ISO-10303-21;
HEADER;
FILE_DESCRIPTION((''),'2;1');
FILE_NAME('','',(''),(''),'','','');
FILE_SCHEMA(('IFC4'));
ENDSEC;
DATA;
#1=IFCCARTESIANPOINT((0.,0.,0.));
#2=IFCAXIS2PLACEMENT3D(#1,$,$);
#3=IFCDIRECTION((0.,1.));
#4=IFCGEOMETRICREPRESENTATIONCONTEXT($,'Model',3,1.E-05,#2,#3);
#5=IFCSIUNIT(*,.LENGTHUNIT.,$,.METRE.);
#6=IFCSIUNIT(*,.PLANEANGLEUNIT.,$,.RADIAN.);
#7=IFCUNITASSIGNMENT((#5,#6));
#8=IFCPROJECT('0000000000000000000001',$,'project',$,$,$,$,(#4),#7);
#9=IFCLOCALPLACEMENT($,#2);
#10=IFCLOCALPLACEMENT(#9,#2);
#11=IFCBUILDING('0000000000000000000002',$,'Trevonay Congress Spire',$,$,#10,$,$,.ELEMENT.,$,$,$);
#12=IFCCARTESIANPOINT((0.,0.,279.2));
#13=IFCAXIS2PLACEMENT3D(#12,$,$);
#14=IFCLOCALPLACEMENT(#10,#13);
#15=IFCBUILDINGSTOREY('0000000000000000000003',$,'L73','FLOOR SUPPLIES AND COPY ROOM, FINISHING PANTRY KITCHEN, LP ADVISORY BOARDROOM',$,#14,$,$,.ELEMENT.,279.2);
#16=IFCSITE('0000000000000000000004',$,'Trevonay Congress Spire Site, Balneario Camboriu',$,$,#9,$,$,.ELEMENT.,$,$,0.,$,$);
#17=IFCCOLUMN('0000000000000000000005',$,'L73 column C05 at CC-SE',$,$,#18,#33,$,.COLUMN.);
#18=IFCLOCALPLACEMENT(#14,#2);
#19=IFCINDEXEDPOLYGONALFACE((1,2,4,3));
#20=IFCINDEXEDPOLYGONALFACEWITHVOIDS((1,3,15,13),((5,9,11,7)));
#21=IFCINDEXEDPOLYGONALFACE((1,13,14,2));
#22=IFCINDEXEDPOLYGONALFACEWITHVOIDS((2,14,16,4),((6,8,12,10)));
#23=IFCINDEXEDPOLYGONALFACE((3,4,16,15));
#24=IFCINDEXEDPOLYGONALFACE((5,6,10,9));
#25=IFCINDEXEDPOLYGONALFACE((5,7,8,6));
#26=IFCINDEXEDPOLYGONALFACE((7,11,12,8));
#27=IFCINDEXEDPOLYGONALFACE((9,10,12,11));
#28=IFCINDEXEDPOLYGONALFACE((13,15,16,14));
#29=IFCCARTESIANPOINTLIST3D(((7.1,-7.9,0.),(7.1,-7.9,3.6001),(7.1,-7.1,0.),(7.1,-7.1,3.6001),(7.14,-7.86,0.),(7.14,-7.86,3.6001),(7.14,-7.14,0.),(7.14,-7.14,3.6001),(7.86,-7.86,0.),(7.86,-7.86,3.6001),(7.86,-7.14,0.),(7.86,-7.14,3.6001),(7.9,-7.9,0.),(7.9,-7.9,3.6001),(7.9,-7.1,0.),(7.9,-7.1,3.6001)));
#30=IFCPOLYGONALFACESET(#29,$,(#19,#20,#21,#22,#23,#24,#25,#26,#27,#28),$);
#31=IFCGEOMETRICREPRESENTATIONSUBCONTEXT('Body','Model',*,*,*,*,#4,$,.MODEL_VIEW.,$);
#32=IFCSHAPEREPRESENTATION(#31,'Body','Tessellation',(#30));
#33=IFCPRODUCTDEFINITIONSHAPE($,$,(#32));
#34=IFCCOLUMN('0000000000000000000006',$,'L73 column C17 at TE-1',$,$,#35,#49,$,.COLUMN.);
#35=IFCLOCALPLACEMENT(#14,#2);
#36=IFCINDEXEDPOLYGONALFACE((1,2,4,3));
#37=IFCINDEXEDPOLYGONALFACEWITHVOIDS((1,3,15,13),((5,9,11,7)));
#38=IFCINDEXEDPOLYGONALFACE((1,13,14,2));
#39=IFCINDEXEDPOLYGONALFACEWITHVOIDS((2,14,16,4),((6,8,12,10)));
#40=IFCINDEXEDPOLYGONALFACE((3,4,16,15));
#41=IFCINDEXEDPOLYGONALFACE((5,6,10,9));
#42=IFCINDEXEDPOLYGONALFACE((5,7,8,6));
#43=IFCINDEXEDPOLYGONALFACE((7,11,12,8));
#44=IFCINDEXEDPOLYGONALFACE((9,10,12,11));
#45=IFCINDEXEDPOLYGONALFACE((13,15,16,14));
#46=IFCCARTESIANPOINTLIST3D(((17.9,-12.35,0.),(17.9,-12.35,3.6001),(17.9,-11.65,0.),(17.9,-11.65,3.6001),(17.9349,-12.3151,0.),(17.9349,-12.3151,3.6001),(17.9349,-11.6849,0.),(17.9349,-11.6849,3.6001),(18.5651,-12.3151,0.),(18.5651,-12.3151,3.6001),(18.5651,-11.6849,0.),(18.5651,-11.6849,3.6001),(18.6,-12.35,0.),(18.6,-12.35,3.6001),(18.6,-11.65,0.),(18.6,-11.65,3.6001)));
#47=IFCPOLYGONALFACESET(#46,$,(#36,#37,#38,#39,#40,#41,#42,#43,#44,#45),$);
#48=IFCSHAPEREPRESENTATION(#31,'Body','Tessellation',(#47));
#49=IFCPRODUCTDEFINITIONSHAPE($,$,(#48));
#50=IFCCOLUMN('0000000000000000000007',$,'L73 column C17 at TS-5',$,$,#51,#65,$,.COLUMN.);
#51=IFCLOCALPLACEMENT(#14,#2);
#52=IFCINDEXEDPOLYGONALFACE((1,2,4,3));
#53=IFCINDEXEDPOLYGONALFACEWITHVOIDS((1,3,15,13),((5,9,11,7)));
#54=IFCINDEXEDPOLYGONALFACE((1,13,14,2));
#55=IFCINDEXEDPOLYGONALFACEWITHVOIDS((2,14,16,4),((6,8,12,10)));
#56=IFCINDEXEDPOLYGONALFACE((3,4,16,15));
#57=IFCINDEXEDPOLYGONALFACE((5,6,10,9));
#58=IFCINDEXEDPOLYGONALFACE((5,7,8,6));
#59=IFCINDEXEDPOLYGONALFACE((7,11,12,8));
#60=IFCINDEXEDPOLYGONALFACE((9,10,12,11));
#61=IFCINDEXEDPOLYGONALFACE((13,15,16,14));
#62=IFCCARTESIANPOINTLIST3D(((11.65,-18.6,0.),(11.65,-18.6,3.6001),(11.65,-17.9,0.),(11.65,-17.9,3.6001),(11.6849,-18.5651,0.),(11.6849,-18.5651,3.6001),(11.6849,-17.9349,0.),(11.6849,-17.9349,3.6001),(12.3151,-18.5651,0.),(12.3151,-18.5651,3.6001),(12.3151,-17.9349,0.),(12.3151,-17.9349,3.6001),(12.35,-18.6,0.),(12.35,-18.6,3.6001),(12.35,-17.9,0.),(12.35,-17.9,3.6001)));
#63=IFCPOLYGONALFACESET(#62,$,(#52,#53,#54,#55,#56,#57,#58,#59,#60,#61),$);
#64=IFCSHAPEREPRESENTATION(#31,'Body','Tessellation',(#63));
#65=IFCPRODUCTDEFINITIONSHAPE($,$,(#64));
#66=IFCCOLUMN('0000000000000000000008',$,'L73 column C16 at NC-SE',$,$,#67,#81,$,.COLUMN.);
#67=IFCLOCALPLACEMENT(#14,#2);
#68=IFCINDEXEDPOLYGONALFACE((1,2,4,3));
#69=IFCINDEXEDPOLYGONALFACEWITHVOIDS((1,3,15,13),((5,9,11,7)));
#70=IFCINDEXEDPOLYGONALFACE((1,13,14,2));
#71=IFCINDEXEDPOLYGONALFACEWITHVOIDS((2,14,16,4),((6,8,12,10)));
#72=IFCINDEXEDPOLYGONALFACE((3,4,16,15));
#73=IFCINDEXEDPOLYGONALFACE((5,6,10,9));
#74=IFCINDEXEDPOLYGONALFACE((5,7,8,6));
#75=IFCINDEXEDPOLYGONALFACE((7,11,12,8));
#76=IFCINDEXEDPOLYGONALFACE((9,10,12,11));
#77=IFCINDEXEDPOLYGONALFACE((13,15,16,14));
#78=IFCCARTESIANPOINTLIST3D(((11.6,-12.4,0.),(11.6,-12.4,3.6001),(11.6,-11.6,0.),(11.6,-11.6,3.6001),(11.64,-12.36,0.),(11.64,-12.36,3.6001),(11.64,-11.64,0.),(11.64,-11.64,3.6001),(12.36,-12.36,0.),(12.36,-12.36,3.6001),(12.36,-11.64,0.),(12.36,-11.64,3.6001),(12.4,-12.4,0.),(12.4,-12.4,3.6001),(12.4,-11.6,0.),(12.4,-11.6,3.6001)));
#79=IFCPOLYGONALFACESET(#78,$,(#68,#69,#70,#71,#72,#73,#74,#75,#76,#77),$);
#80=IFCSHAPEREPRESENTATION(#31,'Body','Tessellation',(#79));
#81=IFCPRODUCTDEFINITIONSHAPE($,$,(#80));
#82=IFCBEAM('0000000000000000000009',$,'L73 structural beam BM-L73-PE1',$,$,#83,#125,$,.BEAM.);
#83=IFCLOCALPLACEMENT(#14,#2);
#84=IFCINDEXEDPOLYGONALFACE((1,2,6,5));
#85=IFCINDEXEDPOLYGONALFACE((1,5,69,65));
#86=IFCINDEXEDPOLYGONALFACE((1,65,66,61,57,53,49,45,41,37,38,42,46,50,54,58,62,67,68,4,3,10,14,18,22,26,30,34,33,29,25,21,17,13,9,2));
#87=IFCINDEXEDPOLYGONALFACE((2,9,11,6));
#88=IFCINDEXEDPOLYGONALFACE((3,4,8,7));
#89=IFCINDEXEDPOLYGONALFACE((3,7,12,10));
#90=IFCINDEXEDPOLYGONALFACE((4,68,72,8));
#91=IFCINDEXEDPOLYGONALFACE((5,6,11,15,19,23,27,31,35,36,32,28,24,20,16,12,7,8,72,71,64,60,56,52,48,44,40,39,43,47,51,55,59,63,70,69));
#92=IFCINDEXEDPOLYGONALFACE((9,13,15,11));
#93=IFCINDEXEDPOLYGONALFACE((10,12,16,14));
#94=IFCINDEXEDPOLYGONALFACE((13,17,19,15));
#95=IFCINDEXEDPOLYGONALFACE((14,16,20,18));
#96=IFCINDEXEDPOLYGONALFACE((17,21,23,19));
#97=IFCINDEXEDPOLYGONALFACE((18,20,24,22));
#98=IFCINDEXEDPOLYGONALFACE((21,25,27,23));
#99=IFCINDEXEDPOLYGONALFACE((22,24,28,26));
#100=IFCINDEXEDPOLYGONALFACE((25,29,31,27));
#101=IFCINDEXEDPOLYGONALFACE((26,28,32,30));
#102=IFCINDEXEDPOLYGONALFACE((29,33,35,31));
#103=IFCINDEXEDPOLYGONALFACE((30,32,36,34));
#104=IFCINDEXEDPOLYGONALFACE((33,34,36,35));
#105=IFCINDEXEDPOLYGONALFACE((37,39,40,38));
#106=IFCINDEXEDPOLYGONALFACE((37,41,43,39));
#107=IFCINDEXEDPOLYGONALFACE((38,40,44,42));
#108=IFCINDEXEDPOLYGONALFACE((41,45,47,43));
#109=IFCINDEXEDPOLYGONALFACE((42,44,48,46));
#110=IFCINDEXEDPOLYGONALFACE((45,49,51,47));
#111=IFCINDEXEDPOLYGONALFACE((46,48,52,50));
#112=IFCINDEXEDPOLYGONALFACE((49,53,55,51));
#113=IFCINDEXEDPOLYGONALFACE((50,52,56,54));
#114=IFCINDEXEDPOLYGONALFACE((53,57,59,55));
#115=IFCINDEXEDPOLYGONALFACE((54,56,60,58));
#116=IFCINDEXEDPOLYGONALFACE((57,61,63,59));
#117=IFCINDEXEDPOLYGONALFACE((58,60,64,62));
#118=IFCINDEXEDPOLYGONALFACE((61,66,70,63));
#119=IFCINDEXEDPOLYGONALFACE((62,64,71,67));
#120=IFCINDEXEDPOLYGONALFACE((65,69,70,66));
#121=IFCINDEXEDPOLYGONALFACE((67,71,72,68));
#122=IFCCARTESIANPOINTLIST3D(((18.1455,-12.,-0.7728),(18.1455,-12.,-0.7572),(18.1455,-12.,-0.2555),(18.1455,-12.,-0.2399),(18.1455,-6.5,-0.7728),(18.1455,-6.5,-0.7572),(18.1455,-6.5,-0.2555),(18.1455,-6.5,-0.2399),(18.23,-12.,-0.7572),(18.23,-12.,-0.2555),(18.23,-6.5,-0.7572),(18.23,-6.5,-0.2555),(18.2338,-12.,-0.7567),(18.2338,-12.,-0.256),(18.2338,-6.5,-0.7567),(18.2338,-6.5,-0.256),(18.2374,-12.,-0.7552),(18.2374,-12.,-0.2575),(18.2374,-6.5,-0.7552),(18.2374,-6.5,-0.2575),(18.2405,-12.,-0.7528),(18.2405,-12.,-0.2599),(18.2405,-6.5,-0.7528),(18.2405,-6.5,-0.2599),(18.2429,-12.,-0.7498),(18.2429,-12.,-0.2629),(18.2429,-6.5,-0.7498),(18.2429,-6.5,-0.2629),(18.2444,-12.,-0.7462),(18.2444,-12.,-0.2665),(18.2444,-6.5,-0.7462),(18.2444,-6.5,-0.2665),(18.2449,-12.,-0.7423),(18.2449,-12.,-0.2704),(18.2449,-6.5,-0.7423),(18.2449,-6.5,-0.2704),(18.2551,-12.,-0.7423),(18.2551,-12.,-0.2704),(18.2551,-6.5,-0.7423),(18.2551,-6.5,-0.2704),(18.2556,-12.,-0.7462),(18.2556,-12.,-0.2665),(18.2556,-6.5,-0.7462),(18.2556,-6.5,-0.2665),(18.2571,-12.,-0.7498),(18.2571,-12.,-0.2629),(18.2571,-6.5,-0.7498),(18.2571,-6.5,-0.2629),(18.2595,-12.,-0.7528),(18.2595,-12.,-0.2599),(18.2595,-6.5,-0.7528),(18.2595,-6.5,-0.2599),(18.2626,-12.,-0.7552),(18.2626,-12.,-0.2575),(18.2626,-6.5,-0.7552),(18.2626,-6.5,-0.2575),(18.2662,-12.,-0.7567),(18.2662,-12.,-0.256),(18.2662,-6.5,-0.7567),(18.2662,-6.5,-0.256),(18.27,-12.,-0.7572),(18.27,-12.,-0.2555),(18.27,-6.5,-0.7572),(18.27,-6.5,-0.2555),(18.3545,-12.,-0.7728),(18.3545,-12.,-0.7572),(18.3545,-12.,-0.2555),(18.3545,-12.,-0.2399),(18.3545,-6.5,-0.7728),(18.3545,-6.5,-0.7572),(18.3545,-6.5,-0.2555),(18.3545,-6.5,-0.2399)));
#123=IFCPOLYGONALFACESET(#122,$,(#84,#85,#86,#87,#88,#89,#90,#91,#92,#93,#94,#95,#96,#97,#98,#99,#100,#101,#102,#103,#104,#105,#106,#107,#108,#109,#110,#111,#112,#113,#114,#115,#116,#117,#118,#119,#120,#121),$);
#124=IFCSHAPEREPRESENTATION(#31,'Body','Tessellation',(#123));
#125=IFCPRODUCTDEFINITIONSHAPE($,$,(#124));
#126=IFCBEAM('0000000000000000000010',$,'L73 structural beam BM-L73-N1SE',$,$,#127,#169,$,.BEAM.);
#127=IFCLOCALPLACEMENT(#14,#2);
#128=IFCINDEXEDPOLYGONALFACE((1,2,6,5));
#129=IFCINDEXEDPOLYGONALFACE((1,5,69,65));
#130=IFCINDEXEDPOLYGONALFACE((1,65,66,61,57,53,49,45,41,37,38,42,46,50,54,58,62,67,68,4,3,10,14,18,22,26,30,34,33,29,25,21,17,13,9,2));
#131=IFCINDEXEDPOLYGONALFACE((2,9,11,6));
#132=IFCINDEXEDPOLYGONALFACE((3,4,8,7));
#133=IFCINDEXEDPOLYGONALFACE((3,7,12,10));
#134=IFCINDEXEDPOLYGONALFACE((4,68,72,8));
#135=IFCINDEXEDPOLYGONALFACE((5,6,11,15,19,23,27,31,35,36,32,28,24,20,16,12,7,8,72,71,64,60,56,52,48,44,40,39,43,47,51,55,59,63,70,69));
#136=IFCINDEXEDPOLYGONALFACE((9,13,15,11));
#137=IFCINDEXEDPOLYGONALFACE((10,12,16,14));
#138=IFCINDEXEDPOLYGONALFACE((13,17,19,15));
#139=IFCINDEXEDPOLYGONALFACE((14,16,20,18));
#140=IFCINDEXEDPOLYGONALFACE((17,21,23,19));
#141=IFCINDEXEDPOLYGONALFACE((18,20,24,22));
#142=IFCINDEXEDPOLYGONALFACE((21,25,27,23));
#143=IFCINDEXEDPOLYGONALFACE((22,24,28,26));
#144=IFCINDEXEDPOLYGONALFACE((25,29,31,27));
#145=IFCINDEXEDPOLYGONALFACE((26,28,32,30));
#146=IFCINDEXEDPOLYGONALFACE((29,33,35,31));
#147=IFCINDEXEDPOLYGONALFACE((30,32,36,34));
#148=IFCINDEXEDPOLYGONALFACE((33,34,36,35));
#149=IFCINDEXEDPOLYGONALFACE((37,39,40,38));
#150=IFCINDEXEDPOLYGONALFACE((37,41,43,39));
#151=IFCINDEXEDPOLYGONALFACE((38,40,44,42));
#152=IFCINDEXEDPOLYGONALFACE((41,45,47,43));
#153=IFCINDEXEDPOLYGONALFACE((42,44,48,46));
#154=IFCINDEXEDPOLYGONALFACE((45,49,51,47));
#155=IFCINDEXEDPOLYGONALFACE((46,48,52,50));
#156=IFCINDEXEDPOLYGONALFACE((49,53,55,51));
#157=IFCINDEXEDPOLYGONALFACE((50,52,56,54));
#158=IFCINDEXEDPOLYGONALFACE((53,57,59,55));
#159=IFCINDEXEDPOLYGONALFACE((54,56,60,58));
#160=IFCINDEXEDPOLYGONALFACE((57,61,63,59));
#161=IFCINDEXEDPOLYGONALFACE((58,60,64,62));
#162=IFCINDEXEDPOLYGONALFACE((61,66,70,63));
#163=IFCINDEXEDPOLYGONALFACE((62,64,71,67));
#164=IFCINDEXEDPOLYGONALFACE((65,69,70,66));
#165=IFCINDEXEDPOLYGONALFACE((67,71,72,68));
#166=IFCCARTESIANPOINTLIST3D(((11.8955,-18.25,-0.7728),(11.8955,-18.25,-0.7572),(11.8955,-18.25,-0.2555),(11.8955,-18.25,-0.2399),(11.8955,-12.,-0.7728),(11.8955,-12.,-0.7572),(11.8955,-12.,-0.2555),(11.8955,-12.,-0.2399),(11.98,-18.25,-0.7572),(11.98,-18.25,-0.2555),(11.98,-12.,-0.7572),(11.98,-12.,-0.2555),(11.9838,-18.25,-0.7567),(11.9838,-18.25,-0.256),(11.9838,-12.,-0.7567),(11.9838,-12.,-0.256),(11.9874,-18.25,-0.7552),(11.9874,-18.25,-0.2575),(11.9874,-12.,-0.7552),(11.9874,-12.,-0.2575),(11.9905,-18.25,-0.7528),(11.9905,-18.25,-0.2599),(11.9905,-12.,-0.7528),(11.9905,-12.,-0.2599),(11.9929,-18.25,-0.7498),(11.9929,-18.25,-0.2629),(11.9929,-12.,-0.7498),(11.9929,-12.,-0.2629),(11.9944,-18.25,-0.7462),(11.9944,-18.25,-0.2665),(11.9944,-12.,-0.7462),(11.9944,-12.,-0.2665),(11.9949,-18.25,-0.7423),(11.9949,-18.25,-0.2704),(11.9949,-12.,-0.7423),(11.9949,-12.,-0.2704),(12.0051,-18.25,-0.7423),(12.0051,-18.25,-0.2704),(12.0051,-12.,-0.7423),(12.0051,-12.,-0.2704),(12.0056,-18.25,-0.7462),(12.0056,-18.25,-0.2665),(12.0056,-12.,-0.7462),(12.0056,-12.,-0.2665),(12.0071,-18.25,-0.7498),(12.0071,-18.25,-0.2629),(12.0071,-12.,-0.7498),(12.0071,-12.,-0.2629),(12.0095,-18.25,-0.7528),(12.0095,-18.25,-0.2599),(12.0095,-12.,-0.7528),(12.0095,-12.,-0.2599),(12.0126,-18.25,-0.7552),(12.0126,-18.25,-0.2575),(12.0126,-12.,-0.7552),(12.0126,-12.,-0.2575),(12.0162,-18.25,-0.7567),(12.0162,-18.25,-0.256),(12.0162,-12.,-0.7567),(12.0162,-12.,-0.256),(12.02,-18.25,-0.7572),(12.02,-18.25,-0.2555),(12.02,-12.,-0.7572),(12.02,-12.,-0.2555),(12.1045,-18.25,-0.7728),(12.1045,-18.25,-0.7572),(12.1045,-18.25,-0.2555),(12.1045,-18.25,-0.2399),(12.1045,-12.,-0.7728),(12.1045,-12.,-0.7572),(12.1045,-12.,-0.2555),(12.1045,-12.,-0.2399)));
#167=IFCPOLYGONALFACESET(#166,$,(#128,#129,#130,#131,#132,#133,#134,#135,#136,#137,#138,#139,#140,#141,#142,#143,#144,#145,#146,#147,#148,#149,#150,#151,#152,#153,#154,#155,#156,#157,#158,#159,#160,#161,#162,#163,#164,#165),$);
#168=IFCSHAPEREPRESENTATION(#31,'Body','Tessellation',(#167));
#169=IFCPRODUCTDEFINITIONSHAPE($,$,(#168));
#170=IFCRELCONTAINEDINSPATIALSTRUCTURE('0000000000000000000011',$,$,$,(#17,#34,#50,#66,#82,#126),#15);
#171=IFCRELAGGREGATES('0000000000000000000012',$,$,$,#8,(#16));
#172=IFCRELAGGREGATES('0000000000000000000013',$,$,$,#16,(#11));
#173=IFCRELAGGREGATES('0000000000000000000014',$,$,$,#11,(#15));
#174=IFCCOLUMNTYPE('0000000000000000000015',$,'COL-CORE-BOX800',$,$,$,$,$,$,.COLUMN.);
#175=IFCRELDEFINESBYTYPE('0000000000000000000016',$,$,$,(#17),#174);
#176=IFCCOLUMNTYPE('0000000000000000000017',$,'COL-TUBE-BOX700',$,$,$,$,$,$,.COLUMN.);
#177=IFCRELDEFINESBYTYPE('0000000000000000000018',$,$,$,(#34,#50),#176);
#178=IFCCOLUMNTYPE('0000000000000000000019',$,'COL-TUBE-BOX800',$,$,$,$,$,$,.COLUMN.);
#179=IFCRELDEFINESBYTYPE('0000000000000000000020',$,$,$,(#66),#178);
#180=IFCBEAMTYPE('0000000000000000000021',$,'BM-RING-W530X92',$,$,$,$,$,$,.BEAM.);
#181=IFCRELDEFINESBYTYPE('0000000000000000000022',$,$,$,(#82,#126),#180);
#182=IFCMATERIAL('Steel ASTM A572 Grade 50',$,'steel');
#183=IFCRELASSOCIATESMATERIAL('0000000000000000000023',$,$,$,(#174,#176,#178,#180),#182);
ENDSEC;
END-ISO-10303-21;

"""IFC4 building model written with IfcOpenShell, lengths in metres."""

from ifc_helpers import new_model, si_unit, direction, frame, origin, origin_2d, place, context, subcontext, project, spatial, hollow_rectangle, i_section, extrude, material, material_profile, profile_set, type_object, element, save


model = new_model("IFC4")

# Units and contexts
model_context = context("Model", 3, precision=1e-05, world=origin(), true_north=direction((0.0, 1.0)))
body_context = subcontext(model_context, "Body", "Model", "MODEL_VIEW")
ifc_project = project(units=[si_unit("LENGTHUNIT", "METRE"), si_unit("PLANEANGLEUNIT", "RADIAN")], contexts=[model_context])

# Site, building, storey
site_placement = place(None, origin())
site = spatial("IfcSite", under=ifc_project, at=site_placement, Name="Trevonay Congress Spire Site, Balneario Camboriu", CompositionType="ELEMENT", RefElevation=0.0)
building_placement = place(site_placement, origin())
building = spatial("IfcBuilding", under=site, at=building_placement, Name="Trevonay Congress Spire", CompositionType="ELEMENT")
storey_placement = place(building_placement, frame((0.0, 0.0, 279.2)))
storey = spatial("IfcBuildingStorey", under=building, at=storey_placement, Name="L73", Description="FLOOR SUPPLIES AND COPY ROOM, FINISHING PANTRY KITCHEN, LP ADVISORY BOARDROOM", CompositionType="ELEMENT", Elevation=279.2)

# Columns
ifc_material_1 = material(Name="Steel ASTM A572 Grade 50", Category="steel")
ifc_material_profile_1 = material_profile(ifc_material_1, hollow_rectangle(XDim=0.8, YDim=0.8, WallThickness=0.04, at=origin_2d()), Name="BOX 800x800x40")
ifc_profile_set_1 = profile_set([ifc_material_profile_1], Name="Steel ASTM A572 Grade 50")
column_type_1 = type_object("IfcColumnType", Name="COL-CORE-BOX800", PredefinedType="COLUMN", material=ifc_profile_set_1)
column_1_placement = place(storey_placement, frame((7.5, -7.5, 0.0), z_axis=(0.0, 0.0, 1.0), x_axis=(1.0, 0.0, 0.0)))
element("IfcColumn", 1, at=column_1_placement, inside=storey, type_object=column_type_1, Name="L73 column C05 at CC-SE", PredefinedType="COLUMN", context=body_context, shape_type="SweptSolid", body=[
    extrude(hollow_rectangle(XDim=0.8, YDim=0.8, WallThickness=0.04, at=origin_2d()), origin(), (0.0, 0.0, 1.0), 3.6001),
])
ifc_material_profile_2 = material_profile(ifc_material_1, hollow_rectangle(XDim=0.7, YDim=0.7, WallThickness=0.0349, at=origin_2d()), Name="BOX 700x700x35")
ifc_profile_set_2 = profile_set([ifc_material_profile_2], Name="Steel ASTM A572 Grade 50")
column_type_2 = type_object("IfcColumnType", Name="COL-TUBE-BOX700", PredefinedType="COLUMN", material=ifc_profile_set_2)
for number, where, z_axis, x_axis, name in (
    (2, (18.25, -12.0, 0.0), (0.0, 0.0, 1.0), (1.0, 0.0, 0.0), "L73 column C17 at TE-1"),
    (3, (12.0, -18.25, 0.0), (0.0, 0.0, 1.0), (1.0, 0.0, 0.0), "L73 column C17 at TS-5"),
):
    element("IfcColumn", number, at=place(storey_placement, frame(where, z_axis=z_axis, x_axis=x_axis)), inside=storey, type_object=column_type_2, Name=name, PredefinedType="COLUMN", context=body_context, shape_type="SweptSolid", body=[
        extrude(hollow_rectangle(XDim=0.7, YDim=0.7, WallThickness=0.0349, at=origin_2d()), origin(), (0.0, 0.0, 1.0), 3.6001),
    ])
ifc_material_profile_3 = material_profile(ifc_material_1, hollow_rectangle(XDim=0.8, YDim=0.8, WallThickness=0.04, at=origin_2d()), Name="BOX 800x800x40")
ifc_profile_set_3 = profile_set([ifc_material_profile_3], Name="Steel ASTM A572 Grade 50")
column_type_3 = type_object("IfcColumnType", Name="COL-TUBE-BOX800", PredefinedType="COLUMN", material=ifc_profile_set_3)
column_2_placement = place(storey_placement, frame((12.0, -12.0, 0.0), z_axis=(0.0, 0.0, 1.0), x_axis=(1.0, 0.0, 0.0)))
element("IfcColumn", 4, at=column_2_placement, inside=storey, type_object=column_type_3, Name="L73 column C16 at NC-SE", PredefinedType="COLUMN", context=body_context, shape_type="SweptSolid", body=[
    extrude(hollow_rectangle(XDim=0.8, YDim=0.8, WallThickness=0.04, at=origin_2d()), origin(), (0.0, 0.0, 1.0), 3.6001),
])

# Beams
ifc_material_profile_4 = material_profile(ifc_material_1, i_section(OverallWidth=0.209, OverallDepth=0.533, WebThickness=0.0103, FlangeThickness=0.0156, FilletRadius=0.0149, at=origin_2d()), Name="W530x92")
ifc_profile_set_4 = profile_set([ifc_material_profile_4], Name="Steel ASTM A572 Grade 50")
beam_type_1 = type_object("IfcBeamType", Name="BM-RING-W530X92", PredefinedType="BEAM", material=ifc_profile_set_4)
beam_1_placement = place(storey_placement, frame((18.25, -12.0, -0.5063), z_axis=(0.0, 1.0, 0.0), x_axis=(-1.0, 0.0, 0.0)))
element("IfcBeam", 5, at=beam_1_placement, inside=storey, type_object=beam_type_1, Name="L73 structural beam BM-L73-PE1", PredefinedType="BEAM", context=body_context, shape_type="SweptSolid", body=[
    extrude(i_section(OverallWidth=0.209, OverallDepth=0.533, WebThickness=0.0103, FlangeThickness=0.0156, FilletRadius=0.0149, at=origin_2d()), origin(), (0.0, 0.0, 1.0), 5.5),
])
for number, where, z_axis, x_axis, name in (
    (6, (12.0, -18.25, -0.5063), (0.0, 1.0, 0.0), (-1.0, 0.0, 0.0), "L73 structural beam BM-L73-N1SE"),
):
    element("IfcBeam", number, at=place(storey_placement, frame(where, z_axis=z_axis, x_axis=x_axis)), inside=storey, type_object=beam_type_1, Name=name, PredefinedType="BEAM", context=body_context, shape_type="SweptSolid", body=[
        extrude(i_section(OverallWidth=0.209, OverallDepth=0.533, WebThickness=0.0103, FlangeThickness=0.0156, FilletRadius=0.0149, at=origin_2d()), origin(), (0.0, 0.0, 1.0), 6.25),
    ])

save(model, "model.ifc")
